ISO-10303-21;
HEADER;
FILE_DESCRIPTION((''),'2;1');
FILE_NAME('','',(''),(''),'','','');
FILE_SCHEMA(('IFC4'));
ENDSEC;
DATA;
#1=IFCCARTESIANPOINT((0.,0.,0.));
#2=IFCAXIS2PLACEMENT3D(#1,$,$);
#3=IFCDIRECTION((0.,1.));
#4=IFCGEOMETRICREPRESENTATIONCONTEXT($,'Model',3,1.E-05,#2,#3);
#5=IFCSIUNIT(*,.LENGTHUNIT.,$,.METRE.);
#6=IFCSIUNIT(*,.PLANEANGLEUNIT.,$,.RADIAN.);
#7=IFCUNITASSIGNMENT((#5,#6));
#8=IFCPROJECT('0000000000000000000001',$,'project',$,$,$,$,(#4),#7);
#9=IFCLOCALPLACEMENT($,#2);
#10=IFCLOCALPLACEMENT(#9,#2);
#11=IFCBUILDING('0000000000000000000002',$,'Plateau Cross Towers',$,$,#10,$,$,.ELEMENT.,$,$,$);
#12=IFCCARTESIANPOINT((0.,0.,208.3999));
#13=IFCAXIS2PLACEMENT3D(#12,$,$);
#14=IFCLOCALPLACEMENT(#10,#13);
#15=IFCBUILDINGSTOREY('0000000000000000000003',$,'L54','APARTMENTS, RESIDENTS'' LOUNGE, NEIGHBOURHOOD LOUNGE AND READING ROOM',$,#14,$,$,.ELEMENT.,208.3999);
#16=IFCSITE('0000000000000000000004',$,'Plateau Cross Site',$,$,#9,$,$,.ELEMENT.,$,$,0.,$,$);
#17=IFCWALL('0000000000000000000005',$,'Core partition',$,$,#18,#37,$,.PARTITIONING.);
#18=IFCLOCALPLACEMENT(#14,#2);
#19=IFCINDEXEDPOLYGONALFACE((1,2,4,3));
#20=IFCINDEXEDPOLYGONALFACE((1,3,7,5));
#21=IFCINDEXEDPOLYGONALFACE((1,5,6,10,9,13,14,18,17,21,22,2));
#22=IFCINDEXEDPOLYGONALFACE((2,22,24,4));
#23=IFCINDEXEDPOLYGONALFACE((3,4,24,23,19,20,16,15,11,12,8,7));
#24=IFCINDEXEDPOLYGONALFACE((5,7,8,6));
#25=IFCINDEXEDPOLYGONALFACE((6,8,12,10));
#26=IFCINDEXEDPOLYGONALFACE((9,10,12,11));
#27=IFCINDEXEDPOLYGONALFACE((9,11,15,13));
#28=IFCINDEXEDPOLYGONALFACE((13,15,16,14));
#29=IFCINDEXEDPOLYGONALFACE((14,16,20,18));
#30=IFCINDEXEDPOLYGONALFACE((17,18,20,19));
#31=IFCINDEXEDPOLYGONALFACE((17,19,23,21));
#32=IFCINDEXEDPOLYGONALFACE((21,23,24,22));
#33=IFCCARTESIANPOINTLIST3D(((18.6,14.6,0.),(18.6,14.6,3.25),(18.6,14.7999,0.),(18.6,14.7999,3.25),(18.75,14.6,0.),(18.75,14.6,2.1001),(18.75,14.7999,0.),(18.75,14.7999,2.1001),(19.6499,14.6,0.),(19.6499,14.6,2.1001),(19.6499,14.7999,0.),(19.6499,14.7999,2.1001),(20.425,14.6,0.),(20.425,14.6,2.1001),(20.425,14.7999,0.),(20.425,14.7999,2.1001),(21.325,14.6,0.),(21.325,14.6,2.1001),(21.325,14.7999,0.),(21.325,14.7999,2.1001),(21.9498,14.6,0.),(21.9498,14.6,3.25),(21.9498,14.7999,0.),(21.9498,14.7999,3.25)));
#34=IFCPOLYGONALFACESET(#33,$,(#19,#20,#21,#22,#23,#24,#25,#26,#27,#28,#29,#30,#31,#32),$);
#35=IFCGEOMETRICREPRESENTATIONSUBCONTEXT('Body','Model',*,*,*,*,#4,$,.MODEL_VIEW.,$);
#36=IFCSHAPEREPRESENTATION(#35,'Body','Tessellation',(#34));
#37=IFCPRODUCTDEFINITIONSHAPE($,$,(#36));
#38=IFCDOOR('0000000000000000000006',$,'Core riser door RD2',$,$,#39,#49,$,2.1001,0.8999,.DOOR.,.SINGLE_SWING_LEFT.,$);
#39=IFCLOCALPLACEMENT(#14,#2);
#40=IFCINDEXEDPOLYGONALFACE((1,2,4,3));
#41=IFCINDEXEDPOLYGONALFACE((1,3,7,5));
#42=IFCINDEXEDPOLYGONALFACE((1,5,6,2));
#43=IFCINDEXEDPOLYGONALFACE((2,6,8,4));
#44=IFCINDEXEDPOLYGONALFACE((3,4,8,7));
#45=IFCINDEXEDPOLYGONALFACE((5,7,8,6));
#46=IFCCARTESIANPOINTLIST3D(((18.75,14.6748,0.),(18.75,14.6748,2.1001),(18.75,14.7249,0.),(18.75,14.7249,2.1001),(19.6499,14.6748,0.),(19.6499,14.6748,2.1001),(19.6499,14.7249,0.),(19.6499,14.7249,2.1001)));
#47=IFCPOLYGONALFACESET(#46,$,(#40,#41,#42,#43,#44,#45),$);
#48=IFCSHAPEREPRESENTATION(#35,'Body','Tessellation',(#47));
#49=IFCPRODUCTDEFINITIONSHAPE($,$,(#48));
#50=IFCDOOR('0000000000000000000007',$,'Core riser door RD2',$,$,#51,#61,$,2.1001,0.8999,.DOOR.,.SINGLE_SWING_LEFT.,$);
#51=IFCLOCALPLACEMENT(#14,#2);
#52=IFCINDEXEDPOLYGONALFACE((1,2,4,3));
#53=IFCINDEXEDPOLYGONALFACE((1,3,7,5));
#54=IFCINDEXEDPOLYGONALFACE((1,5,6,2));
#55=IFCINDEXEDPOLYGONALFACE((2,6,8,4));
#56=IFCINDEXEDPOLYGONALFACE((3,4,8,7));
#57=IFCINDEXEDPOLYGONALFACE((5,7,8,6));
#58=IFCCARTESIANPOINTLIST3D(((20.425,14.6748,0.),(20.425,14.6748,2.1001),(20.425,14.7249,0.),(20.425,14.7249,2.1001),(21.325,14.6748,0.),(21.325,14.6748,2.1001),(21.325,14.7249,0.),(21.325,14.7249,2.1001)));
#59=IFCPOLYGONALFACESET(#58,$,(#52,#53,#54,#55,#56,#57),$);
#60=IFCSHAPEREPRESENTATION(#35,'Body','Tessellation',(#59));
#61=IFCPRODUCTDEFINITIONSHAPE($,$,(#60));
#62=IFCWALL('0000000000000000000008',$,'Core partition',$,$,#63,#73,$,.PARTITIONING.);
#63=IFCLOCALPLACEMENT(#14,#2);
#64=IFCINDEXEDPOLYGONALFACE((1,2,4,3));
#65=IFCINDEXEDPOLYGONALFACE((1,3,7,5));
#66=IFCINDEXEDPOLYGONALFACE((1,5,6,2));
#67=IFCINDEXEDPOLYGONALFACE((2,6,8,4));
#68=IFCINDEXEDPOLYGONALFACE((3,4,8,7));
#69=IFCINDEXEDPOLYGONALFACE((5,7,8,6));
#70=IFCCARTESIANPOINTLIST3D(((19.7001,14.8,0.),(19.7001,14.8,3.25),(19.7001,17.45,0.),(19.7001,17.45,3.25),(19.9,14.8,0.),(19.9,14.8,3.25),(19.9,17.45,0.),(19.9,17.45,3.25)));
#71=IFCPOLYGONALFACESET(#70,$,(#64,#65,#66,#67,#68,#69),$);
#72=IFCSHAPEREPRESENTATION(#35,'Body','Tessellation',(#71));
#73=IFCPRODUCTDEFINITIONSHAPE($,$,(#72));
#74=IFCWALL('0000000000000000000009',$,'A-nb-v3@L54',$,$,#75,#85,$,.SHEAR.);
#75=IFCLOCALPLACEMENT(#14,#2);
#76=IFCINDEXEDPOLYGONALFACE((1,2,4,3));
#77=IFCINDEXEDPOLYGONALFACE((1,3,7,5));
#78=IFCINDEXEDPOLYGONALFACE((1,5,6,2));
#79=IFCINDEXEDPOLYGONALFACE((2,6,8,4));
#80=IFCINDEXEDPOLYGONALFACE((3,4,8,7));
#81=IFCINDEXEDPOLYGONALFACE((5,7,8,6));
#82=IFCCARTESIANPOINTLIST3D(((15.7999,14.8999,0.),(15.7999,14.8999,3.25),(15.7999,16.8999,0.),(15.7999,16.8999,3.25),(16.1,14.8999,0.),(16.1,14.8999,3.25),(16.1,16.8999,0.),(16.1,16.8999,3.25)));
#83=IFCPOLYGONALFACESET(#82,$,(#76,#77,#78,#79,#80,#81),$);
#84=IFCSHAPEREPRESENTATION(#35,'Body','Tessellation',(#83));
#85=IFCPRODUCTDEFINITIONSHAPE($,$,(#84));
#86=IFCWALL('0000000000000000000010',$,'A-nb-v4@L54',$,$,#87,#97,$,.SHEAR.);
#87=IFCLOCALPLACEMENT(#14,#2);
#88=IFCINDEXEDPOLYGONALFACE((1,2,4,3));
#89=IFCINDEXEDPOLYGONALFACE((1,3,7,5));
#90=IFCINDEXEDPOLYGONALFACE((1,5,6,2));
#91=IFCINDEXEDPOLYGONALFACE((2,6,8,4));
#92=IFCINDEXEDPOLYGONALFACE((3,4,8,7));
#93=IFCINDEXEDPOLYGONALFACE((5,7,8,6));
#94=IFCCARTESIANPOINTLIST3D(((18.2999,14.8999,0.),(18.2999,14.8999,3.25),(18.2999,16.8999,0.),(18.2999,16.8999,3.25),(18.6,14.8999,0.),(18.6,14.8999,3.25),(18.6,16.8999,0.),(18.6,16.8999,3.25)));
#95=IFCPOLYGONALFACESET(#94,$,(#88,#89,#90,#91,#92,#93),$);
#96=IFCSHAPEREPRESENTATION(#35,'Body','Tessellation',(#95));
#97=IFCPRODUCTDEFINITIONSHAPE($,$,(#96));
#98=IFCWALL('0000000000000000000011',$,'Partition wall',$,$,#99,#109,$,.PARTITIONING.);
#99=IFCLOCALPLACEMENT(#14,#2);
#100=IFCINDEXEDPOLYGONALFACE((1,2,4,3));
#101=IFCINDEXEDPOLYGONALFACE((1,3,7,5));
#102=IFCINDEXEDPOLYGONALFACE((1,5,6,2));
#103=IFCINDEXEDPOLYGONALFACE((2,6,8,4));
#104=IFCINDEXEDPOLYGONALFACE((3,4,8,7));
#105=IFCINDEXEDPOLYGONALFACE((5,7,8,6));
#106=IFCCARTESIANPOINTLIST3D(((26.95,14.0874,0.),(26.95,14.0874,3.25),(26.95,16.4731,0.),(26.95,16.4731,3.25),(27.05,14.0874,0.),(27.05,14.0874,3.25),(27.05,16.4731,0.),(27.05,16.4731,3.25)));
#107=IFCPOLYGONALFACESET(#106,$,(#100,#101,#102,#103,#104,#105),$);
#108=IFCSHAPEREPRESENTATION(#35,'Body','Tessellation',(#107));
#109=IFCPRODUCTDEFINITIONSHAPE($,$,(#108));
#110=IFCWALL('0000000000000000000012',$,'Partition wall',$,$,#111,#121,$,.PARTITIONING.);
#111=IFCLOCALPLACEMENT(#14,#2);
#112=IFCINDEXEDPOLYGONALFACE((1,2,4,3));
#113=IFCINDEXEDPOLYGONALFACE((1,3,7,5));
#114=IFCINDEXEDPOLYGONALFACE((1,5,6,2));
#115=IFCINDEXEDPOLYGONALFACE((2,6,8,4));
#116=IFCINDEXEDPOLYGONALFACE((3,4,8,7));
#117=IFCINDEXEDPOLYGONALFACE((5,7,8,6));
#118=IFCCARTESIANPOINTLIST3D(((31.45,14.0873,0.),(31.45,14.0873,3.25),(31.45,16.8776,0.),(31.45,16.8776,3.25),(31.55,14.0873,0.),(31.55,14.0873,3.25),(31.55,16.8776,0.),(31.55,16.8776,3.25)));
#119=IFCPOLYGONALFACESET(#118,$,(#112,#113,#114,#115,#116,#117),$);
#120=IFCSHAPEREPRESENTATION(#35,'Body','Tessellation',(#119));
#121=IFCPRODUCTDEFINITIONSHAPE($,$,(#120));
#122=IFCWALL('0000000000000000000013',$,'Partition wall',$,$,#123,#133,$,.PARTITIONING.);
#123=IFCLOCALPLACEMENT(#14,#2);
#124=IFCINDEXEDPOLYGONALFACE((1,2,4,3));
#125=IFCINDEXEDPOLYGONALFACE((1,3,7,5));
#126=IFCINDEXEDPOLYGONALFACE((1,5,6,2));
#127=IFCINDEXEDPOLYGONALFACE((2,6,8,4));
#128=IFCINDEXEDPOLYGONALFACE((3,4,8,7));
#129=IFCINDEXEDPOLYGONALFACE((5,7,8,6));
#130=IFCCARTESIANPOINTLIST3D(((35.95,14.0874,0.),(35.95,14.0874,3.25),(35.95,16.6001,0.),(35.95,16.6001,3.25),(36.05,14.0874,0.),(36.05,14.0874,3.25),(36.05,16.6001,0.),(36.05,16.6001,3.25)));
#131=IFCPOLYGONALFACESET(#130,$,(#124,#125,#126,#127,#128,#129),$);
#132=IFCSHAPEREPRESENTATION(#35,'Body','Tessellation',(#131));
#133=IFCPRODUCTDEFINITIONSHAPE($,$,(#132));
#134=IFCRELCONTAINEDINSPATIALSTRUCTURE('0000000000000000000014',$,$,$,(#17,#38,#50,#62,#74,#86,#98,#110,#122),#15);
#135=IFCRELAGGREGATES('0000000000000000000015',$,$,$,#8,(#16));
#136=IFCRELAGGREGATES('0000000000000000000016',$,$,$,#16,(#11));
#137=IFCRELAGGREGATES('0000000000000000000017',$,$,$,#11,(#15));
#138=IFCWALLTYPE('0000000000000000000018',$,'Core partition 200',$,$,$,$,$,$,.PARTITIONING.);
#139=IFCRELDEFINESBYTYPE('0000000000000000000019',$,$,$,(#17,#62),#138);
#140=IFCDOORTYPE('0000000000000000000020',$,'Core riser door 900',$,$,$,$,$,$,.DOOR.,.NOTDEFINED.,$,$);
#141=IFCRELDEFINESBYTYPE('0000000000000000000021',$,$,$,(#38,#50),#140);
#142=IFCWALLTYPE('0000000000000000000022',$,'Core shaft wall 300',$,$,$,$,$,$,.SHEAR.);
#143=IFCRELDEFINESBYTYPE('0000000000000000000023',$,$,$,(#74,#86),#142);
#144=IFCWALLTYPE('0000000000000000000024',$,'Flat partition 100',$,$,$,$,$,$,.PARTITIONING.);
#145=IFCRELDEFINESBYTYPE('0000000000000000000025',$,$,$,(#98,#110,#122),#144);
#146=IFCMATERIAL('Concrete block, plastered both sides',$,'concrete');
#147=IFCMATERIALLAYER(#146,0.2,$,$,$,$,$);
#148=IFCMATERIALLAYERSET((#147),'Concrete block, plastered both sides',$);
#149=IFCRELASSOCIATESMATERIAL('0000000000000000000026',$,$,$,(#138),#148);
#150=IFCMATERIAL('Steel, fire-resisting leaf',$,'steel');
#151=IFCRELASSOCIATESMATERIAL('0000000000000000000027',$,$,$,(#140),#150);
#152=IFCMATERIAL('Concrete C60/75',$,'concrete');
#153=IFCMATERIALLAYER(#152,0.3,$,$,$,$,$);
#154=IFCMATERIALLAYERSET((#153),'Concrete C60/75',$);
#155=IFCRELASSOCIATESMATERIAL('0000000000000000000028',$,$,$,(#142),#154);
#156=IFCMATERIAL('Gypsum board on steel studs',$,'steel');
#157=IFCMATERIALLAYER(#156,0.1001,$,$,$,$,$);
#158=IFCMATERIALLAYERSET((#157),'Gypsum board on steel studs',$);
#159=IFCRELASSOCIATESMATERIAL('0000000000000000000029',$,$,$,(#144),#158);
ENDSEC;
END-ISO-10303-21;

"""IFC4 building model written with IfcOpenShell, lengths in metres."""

from ifc_helpers import new_model, si_unit, direction, frame, frame_2d, origin, place, context, subcontext, project, spatial, rectangle, extrude, material, layer, layer_set, type_object, element, fill, save


model = new_model("IFC4")

# Units and contexts
model_context = context("Model", 3, precision=1e-05, world=origin(), true_north=direction((0.0, 1.0)))
body_context = subcontext(model_context, "Body", "Model", "MODEL_VIEW")
ifc_project = project(units=[si_unit("LENGTHUNIT", "METRE"), si_unit("PLANEANGLEUNIT", "RADIAN")], contexts=[model_context])

# Site, building, storey
site_placement = place(None, origin())
site = spatial("IfcSite", under=ifc_project, at=site_placement, Name="Plateau Cross Site", CompositionType="ELEMENT", RefElevation=0.0)
building_placement = place(site_placement, origin())
building = spatial("IfcBuilding", under=site, at=building_placement, Name="Plateau Cross Towers", CompositionType="ELEMENT")
storey_placement = place(building_placement, frame((0.0, 0.0, 208.3999)))
storey = spatial("IfcBuildingStorey", under=building, at=storey_placement, Name="L54", Description="APARTMENTS, RESIDENTS' LOUNGE, NEIGHBOURHOOD LOUNGE AND READING ROOM", CompositionType="ELEMENT", Elevation=208.3999)

# Shared definitions
ifc_material_1 = material(Name="Concrete C60/75", Category="concrete")

# Wall, openings, doors
ifc_material_2 = material(Name="Concrete block, plastered both sides", Category="concrete")
ifc_layer_1 = layer(ifc_material_2, 0.2)
ifc_layer_set_1 = layer_set([ifc_layer_1], Name="Concrete block, plastered both sides")
wall_type_1 = type_object("IfcWallType", Name="Core partition 200", PredefinedType="PARTITIONING", material=ifc_layer_set_1)
wall_1_placement = place(storey_placement, frame((18.6001, 14.7, 0.0), z_axis=(0.0, 0.0, 1.0), x_axis=(1.0, 0.0, 0.0)))
wall_1 = element("IfcWall", 1, at=wall_1_placement, inside=storey, type_object=wall_type_1, Name="Core partition", PredefinedType="PARTITIONING", context=body_context, shape_type="SweptSolid", body=[
    extrude(rectangle(XDim=3.3499, YDim=0.2, at=frame_2d((1.6748, 0.0))), origin(), (0.0, 0.0, 1.0), 3.25),
])
opening_1_placement = place(wall_1_placement, frame((0.1499, 0.0, 0.0)))
opening_1 = element("IfcOpeningElement", 2, at=opening_1_placement, cuts=wall_1, PredefinedType="OPENING", context=body_context, shape_type="SweptSolid", body=[
    extrude(rectangle(XDim=0.8999, YDim=2.1001, at=frame_2d((0.45, 1.05))), frame((0.0, 0.1099, 0.0), z_axis=(0.0, -1.0, 0.0), x_axis=(1.0, 0.0, 0.0)), (0.0, 0.0, 1.0), 0.22),
])
opening_2_placement = place(wall_1_placement, frame((1.825, 0.0, 0.0)))
opening_2 = element("IfcOpeningElement", 3, at=opening_2_placement, cuts=wall_1, PredefinedType="OPENING", context=body_context, shape_type="SweptSolid", body=[
    extrude(rectangle(XDim=0.8999, YDim=2.1001, at=frame_2d((0.45, 1.05))), frame((0.0, 0.1099, 0.0), z_axis=(0.0, -1.0, 0.0), x_axis=(1.0, 0.0, 0.0)), (0.0, 0.0, 1.0), 0.22),
])
ifc_material_3 = material(Name="Steel, fire-resisting leaf", Category="steel")
door_type = type_object("IfcDoorType", Name="Core riser door 900", OperationType="NOTDEFINED", PredefinedType="DOOR", material=ifc_material_3)
door_1_placement = place(opening_1_placement, origin())
door_1 = element("IfcDoor", 4, at=door_1_placement, inside=storey, type_object=door_type, Name="Core riser door RD2", OperationType="SINGLE_SWING_LEFT", OverallHeight=2.1001, OverallWidth=0.8999, PredefinedType="DOOR", context=body_context, shape_type="SweptSolid", body=[
    extrude(rectangle(XDim=0.8999, YDim=2.1001, at=frame_2d((0.45, 1.05))), frame((0.0, 0.0249, 0.0), z_axis=(0.0, -1.0, 0.0), x_axis=(1.0, 0.0, 0.0)), (0.0, 0.0, 1.0), 0.05),
])
fill(opening_1, door_1)
door_2_placement = place(opening_2_placement, origin())
door_2 = element("IfcDoor", 5, at=door_2_placement, inside=storey, type_object=door_type, Name="Core riser door RD2", OperationType="SINGLE_SWING_LEFT", OverallHeight=2.1001, OverallWidth=0.8999, PredefinedType="DOOR", context=body_context, shape_type="SweptSolid", body=[
    extrude(rectangle(XDim=0.8999, YDim=2.1001, at=frame_2d((0.45, 1.05))), frame((0.0, 0.0249, 0.0), z_axis=(0.0, -1.0, 0.0), x_axis=(1.0, 0.0, 0.0)), (0.0, 0.0, 1.0), 0.05),
])
fill(opening_2, door_2)

# Walls
wall_2_placement = place(storey_placement, frame((19.8, 14.8, 0.0), z_axis=(0.0, 0.0, 1.0), x_axis=(0.0, 1.0, 0.0)))
element("IfcWall", 6, at=wall_2_placement, inside=storey, type_object=wall_type_1, Name="Core partition", PredefinedType="PARTITIONING", context=body_context, shape_type="SweptSolid", body=[
    extrude(rectangle(XDim=2.6499, YDim=0.2, at=frame_2d((1.325, 0.0))), origin(), (0.0, 0.0, 1.0), 3.25),
])
ifc_layer_2 = layer(ifc_material_1, 0.3)
ifc_layer_set_2 = layer_set([ifc_layer_2], Name="Concrete C60/75")
wall_type_2 = type_object("IfcWallType", Name="Core shaft wall 300", PredefinedType="SHEAR", material=ifc_layer_set_2)
for number, where, z_axis, x_axis, name in (
    (7, (15.95, 14.8999, 0.0), (0.0, 0.0, 1.0), (0.0, 1.0, 0.0), "A-nb-v3@L54"),
    (8, (18.45, 14.8999, 0.0), (0.0, 0.0, 1.0), (0.0, 1.0, 0.0), "A-nb-v4@L54"),
):
    element("IfcWall", number, at=place(storey_placement, frame(where, z_axis=z_axis, x_axis=x_axis)), inside=storey, type_object=wall_type_2, Name=name, PredefinedType="SHEAR", context=body_context, shape_type="SweptSolid", body=[
        extrude(rectangle(XDim=2.0, YDim=0.3, at=frame_2d((1.0, 0.0))), origin(), (0.0, 0.0, 1.0), 3.25),
    ])
ifc_material_4 = material(Name="Gypsum board on steel studs", Category="steel")
ifc_layer_3 = layer(ifc_material_4, 0.1001)
ifc_layer_set_3 = layer_set([ifc_layer_3], Name="Gypsum board on steel studs")
wall_type_3 = type_object("IfcWallType", Name="Flat partition 100", PredefinedType="PARTITIONING", material=ifc_layer_set_3)
wall_3_placement = place(storey_placement, frame((27.0, 16.4731, 0.0), z_axis=(0.0, 0.0, 1.0), x_axis=(0.0, -1.0, 0.0)))
element("IfcWall", 9, at=wall_3_placement, inside=storey, type_object=wall_type_3, Name="Partition wall", PredefinedType="PARTITIONING", context=body_context, shape_type="SweptSolid", body=[
    extrude(rectangle(XDim=2.3857, YDim=0.1001, at=frame_2d((1.1929, 0.0))), origin(), (0.0, 0.0, 1.0), 3.25),
])
wall_4_placement = place(storey_placement, frame((31.5, 14.0874, 0.0), z_axis=(0.0, 0.0, 1.0), x_axis=(0.0, 1.0, 0.0)))
element("IfcWall", 10, at=wall_4_placement, inside=storey, type_object=wall_type_3, Name="Partition wall", PredefinedType="PARTITIONING", context=body_context, shape_type="SweptSolid", body=[
    extrude(rectangle(XDim=2.7903, YDim=0.1001, at=frame_2d((1.395, 0.0))), origin(), (0.0, 0.0, 1.0), 3.25),
])
wall_5_placement = place(storey_placement, frame((36.0, 14.0874, 0.0), z_axis=(0.0, 0.0, 1.0), x_axis=(0.0, 1.0, 0.0)))
element("IfcWall", 11, at=wall_5_placement, inside=storey, type_object=wall_type_3, Name="Partition wall", PredefinedType="PARTITIONING", context=body_context, shape_type="SweptSolid", body=[
    extrude(rectangle(XDim=2.5127, YDim=0.1001, at=frame_2d((1.2563, 0.0))), origin(), (0.0, 0.0, 1.0), 3.25),
])

save(model, "model.ifc")
